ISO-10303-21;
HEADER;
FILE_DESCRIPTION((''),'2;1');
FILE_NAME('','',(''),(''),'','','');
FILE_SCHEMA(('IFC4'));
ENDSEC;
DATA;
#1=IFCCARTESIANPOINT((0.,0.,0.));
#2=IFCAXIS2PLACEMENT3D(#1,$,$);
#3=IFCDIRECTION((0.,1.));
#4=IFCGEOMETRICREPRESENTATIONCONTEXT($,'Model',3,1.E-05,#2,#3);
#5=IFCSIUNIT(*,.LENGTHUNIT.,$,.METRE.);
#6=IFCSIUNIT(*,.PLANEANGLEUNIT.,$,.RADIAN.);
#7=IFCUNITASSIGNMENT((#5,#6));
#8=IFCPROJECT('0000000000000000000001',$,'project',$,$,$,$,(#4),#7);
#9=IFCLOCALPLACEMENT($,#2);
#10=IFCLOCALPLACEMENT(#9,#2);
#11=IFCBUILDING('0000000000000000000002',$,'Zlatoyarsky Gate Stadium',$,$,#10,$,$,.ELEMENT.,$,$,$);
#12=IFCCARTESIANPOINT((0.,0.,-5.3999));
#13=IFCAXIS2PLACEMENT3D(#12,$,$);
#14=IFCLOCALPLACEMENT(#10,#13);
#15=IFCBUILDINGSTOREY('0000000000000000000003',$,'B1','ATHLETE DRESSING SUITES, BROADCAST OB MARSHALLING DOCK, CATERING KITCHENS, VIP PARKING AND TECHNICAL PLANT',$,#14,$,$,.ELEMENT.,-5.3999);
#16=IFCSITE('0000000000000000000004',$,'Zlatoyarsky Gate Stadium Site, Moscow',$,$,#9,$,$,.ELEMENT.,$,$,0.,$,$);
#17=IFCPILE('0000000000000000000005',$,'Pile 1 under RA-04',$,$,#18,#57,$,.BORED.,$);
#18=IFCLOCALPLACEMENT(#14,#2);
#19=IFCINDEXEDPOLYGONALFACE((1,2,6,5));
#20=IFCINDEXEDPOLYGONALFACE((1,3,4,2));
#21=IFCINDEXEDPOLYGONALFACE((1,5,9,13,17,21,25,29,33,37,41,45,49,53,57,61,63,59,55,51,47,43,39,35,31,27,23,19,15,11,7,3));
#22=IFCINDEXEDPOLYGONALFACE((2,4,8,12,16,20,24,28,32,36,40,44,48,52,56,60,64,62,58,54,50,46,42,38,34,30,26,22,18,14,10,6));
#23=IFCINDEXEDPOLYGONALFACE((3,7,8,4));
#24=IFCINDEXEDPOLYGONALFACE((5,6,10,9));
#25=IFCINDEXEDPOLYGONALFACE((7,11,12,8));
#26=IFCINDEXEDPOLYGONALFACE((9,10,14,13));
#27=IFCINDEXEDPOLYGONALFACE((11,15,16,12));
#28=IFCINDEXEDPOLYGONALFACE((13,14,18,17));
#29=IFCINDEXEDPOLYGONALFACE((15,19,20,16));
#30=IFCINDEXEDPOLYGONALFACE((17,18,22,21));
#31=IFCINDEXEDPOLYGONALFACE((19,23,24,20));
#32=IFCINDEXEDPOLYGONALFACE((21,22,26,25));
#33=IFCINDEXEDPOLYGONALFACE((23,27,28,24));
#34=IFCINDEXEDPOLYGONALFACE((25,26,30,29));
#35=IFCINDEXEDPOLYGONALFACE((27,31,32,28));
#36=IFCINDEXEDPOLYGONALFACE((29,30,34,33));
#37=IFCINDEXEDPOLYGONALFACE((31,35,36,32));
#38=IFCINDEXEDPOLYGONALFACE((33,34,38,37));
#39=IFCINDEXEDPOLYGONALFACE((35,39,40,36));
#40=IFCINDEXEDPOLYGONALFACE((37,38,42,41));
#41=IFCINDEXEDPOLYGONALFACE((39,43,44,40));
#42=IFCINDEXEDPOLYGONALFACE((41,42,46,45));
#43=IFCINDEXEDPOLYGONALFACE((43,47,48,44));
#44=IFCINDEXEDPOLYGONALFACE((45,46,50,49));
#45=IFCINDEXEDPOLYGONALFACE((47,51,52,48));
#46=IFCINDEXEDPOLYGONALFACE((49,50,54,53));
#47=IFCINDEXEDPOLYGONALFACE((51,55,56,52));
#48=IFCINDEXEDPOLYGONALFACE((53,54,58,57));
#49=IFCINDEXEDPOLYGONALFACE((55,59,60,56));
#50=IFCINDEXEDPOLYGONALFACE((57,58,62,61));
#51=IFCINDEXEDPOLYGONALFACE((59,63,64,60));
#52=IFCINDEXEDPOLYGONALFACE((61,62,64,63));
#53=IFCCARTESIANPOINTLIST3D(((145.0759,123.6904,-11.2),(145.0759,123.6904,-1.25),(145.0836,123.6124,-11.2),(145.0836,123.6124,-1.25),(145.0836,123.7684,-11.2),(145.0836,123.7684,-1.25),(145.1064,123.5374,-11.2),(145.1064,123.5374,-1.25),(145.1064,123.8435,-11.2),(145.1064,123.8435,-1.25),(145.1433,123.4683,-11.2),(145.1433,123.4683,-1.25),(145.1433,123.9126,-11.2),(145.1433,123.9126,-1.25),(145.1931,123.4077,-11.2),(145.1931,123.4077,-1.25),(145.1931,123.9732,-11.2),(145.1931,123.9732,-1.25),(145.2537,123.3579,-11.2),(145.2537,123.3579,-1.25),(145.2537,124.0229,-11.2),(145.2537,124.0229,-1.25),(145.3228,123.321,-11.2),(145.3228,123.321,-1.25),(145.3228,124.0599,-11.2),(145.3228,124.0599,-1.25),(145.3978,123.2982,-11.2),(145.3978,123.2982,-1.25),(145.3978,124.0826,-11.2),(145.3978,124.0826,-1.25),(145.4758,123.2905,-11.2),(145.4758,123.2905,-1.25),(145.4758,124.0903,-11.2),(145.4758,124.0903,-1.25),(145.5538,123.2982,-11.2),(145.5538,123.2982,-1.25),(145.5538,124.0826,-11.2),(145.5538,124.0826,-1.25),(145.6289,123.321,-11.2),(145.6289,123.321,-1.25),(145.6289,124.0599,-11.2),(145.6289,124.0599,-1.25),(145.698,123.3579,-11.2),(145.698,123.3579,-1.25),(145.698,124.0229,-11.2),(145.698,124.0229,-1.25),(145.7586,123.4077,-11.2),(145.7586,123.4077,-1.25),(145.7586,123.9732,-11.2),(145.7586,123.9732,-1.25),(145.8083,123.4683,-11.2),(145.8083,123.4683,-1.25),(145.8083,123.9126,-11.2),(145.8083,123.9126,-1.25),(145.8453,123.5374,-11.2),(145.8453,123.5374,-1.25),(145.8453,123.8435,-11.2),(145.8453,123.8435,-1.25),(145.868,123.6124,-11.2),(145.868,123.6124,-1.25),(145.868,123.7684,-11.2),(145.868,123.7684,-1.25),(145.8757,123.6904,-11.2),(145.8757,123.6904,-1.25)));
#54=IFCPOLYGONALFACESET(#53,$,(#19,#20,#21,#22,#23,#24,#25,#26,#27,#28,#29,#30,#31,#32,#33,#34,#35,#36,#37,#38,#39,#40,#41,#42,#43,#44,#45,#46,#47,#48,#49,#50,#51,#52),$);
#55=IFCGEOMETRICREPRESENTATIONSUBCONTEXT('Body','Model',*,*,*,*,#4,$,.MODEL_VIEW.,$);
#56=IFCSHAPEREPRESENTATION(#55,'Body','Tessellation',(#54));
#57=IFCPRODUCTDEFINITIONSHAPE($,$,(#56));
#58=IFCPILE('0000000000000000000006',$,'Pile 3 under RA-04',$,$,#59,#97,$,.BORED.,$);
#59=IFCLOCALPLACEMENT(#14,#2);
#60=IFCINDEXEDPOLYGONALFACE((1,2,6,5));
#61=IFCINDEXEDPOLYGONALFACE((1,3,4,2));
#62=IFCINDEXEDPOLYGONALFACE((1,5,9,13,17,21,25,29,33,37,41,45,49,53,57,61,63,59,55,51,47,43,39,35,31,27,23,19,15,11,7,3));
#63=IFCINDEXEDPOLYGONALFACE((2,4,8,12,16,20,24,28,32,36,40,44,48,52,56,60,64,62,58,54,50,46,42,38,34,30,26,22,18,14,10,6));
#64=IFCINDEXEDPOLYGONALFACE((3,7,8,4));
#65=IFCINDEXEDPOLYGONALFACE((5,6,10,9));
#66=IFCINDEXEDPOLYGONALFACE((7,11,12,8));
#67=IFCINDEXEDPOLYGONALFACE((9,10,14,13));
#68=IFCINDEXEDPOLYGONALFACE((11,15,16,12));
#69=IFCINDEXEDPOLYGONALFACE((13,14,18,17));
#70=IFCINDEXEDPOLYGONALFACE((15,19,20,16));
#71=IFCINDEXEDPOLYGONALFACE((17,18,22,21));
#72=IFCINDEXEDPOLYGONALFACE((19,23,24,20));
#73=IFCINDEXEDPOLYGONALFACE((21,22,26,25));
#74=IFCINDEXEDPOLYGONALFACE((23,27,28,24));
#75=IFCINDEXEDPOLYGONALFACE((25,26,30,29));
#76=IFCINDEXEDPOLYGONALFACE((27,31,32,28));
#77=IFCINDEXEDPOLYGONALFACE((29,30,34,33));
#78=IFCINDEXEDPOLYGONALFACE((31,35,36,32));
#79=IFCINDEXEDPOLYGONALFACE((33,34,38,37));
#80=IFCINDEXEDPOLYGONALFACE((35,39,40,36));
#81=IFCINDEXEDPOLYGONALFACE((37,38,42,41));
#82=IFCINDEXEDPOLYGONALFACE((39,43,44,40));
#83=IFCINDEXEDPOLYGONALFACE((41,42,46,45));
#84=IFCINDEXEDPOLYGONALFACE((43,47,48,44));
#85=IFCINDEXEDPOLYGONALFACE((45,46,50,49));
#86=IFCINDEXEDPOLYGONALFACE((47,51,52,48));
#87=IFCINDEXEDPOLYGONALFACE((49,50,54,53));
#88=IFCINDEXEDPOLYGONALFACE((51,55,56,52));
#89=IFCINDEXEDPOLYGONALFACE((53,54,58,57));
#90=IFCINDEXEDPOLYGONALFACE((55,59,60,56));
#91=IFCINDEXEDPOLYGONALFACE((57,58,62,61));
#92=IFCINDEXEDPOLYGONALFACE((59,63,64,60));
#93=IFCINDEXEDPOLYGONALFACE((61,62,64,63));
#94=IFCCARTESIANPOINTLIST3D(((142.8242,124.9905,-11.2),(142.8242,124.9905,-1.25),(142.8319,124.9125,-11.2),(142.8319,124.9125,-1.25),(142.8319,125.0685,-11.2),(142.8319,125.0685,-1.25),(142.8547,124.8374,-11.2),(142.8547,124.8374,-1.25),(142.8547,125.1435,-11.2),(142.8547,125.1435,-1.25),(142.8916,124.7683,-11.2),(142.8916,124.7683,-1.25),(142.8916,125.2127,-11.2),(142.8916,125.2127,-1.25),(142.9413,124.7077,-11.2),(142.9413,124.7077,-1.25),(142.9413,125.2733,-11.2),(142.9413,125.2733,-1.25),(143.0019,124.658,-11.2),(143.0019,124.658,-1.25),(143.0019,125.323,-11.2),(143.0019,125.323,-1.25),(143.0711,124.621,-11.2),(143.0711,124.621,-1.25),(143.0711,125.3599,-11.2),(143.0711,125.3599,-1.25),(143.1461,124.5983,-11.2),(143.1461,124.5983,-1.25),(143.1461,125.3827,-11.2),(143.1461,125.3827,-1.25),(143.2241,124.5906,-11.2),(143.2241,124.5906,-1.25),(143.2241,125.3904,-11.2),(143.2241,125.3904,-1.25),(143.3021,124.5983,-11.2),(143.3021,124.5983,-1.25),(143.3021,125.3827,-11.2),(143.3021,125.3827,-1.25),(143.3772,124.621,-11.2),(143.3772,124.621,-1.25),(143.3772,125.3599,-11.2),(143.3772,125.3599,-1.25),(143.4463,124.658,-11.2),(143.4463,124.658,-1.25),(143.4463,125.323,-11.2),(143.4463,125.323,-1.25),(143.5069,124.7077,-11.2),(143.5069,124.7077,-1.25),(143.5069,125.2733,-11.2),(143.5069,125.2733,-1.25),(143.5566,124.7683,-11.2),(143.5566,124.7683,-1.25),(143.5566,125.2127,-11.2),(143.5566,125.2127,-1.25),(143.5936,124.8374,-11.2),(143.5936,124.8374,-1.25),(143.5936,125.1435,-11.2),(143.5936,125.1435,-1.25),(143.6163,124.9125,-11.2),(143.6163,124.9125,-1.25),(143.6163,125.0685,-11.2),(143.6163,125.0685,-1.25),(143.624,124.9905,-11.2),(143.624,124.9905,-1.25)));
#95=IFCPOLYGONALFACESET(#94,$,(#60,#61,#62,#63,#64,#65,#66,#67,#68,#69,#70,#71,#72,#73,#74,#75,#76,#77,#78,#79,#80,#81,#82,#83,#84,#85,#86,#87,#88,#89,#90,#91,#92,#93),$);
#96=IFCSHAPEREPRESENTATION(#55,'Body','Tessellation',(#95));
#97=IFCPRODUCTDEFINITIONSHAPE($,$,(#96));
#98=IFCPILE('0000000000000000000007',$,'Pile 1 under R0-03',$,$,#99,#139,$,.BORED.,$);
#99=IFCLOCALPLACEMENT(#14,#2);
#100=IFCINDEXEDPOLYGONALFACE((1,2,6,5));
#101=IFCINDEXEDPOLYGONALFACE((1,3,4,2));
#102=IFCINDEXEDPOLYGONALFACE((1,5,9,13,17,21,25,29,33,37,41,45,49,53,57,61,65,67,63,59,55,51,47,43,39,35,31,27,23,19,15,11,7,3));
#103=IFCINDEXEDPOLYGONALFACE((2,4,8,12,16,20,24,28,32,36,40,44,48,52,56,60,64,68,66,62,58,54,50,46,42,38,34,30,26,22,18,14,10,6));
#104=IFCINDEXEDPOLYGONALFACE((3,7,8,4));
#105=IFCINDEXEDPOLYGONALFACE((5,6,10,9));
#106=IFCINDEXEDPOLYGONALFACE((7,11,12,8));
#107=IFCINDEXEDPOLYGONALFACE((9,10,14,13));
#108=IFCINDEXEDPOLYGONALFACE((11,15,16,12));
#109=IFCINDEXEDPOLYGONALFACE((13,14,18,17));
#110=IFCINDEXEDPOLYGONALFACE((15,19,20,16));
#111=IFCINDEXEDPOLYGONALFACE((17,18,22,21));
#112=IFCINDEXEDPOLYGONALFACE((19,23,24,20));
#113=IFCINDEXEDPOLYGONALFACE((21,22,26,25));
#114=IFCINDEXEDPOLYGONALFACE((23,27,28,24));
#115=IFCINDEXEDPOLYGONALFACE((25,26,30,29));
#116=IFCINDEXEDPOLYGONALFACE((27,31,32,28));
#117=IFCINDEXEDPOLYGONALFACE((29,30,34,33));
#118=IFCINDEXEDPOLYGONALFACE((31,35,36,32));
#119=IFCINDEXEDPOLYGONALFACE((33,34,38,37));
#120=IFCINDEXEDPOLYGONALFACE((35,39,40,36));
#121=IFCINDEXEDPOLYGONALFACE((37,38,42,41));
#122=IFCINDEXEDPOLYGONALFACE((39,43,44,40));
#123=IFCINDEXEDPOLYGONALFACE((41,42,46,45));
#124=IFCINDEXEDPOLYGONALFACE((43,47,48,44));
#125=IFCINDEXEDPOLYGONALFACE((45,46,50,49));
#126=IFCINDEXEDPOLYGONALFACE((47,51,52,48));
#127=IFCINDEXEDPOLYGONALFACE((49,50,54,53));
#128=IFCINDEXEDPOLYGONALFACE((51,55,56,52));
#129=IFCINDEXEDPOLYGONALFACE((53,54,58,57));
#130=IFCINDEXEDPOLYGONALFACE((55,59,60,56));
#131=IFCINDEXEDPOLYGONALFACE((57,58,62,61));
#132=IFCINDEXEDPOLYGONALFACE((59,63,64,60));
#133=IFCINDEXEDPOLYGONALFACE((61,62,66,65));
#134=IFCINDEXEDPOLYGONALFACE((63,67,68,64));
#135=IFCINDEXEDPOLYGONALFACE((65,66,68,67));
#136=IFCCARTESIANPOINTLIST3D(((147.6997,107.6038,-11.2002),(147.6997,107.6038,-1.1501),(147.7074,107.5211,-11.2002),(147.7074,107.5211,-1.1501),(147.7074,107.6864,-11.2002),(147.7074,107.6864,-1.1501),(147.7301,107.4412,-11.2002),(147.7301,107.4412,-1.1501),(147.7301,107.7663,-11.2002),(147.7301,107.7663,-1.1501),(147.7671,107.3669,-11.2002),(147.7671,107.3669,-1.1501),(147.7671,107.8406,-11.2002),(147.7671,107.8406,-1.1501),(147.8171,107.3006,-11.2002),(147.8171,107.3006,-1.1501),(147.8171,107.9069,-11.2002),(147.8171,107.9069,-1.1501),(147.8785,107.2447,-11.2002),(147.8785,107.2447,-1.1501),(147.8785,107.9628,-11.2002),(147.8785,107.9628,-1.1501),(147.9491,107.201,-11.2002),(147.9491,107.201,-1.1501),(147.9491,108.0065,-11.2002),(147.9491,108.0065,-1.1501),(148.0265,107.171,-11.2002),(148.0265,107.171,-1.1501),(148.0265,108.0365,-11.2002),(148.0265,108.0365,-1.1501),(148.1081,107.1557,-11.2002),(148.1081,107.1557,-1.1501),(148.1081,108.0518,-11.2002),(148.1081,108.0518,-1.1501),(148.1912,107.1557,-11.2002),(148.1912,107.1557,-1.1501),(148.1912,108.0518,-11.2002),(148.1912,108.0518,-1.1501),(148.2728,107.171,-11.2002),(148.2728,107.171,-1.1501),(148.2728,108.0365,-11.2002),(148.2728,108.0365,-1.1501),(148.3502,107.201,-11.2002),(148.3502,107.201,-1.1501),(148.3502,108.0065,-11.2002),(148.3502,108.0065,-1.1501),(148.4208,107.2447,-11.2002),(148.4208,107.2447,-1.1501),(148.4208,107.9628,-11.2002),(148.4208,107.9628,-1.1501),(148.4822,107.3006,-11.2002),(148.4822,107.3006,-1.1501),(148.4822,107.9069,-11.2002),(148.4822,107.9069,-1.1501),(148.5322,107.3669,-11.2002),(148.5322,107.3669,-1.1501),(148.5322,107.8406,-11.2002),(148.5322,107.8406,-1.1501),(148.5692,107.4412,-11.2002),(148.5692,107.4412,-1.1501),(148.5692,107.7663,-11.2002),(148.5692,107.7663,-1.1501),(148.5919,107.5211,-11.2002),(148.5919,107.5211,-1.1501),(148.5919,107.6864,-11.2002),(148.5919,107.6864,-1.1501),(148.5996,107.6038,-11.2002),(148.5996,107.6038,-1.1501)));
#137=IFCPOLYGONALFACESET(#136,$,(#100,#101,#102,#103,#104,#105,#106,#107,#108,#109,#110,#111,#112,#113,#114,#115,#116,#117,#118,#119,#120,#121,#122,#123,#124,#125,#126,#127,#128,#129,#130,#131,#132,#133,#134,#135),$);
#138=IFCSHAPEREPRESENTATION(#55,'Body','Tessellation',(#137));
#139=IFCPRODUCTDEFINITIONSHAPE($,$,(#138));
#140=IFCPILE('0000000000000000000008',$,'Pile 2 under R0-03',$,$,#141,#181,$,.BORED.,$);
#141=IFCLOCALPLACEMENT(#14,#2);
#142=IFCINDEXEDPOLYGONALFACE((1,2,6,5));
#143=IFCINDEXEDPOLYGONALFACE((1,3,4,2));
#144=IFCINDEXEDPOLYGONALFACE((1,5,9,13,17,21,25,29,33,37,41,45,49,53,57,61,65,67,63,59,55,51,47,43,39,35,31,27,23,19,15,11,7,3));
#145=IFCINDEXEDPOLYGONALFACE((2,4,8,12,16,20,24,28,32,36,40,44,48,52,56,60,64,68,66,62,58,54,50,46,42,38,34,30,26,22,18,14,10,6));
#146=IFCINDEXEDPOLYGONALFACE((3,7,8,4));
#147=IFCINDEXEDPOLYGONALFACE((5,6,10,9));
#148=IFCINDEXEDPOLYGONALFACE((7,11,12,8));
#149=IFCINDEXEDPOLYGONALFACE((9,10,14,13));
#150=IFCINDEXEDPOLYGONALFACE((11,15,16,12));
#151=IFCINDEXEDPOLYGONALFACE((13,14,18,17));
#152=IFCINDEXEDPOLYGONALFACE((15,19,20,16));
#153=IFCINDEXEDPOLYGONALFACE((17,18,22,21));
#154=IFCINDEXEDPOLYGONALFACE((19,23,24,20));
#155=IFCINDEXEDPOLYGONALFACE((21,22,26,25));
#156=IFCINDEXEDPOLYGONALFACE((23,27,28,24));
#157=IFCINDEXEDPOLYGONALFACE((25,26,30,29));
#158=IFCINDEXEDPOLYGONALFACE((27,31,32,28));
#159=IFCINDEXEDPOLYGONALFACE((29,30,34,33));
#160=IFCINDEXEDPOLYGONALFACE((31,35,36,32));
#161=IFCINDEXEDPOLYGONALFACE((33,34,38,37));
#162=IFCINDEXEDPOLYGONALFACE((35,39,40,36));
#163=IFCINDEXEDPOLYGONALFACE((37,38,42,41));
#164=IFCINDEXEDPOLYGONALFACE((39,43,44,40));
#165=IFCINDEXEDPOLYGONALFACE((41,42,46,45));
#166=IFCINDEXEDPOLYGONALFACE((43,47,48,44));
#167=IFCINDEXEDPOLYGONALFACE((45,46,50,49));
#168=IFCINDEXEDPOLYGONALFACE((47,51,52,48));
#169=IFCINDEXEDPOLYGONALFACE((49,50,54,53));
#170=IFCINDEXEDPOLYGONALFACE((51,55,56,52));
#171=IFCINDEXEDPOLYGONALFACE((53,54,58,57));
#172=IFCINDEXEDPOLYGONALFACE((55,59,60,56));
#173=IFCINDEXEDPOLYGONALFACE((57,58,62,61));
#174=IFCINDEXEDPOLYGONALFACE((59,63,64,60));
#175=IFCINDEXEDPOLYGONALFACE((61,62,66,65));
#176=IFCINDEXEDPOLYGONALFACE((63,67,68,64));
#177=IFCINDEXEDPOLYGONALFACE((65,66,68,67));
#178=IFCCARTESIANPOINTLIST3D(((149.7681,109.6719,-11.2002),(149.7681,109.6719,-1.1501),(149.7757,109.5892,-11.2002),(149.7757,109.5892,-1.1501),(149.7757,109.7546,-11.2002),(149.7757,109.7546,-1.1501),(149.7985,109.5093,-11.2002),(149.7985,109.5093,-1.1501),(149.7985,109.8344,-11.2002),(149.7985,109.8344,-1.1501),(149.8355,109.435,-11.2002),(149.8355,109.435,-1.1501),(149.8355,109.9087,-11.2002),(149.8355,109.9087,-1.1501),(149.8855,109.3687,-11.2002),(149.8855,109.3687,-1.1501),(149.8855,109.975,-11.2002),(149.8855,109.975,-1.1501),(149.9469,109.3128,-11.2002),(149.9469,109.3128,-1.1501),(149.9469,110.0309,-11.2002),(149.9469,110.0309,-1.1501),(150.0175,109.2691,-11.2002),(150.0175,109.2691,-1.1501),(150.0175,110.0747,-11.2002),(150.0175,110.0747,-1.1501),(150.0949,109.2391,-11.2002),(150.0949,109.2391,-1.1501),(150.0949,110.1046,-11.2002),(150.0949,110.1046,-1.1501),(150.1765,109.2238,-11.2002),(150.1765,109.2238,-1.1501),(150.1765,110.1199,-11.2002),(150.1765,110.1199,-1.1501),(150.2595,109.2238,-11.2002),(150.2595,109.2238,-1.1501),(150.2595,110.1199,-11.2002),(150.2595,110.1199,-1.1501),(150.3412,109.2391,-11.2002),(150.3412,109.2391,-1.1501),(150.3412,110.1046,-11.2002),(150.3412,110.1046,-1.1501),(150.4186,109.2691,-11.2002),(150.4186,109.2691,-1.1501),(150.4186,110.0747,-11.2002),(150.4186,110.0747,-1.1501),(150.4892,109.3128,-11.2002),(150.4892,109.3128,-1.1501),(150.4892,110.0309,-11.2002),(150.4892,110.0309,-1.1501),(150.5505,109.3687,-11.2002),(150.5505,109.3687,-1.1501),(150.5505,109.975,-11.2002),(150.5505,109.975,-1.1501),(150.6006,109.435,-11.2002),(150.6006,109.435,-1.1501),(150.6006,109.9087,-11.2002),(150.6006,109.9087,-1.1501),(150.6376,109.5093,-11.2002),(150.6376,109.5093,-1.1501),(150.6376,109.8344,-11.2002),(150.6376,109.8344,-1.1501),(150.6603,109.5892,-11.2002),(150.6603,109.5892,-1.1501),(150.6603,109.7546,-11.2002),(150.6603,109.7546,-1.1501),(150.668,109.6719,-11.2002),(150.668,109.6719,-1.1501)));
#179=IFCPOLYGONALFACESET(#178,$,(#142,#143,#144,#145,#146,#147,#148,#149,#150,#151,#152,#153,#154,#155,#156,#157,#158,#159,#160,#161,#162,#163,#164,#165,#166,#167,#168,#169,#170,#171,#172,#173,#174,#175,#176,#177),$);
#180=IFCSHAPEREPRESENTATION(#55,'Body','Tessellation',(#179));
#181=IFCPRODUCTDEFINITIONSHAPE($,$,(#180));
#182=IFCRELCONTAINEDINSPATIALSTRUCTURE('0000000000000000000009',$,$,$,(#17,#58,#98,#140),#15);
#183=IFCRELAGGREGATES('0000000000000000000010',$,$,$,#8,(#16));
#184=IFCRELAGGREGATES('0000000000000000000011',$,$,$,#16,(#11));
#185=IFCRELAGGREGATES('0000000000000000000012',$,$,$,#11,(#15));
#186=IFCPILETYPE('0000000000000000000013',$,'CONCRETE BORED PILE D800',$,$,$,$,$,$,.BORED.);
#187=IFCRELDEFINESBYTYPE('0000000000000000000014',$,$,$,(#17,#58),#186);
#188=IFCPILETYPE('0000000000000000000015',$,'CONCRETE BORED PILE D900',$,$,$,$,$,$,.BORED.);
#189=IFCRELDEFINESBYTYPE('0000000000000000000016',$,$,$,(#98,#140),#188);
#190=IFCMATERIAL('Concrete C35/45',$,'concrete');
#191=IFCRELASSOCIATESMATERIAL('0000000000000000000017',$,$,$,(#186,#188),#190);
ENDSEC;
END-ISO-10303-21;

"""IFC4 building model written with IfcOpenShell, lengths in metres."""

from ifc_helpers import new_model, si_unit, direction, frame, origin, origin_2d, place, context, subcontext, project, spatial, circle, extrude, material, material_profile, profile_set, type_object, element, save


model = new_model("IFC4")

# Units and contexts
model_context = context("Model", 3, precision=1e-05, world=origin(), true_north=direction((0.0, 1.0)))
body_context = subcontext(model_context, "Body", "Model", "MODEL_VIEW")
ifc_project = project(units=[si_unit("LENGTHUNIT", "METRE"), si_unit("PLANEANGLEUNIT", "RADIAN")], contexts=[model_context])

# Site, building, storey
site_placement = place(None, origin())
site = spatial("IfcSite", under=ifc_project, at=site_placement, Name="Zlatoyarsky Gate Stadium Site, Moscow", CompositionType="ELEMENT", RefElevation=0.0)
building_placement = place(site_placement, origin())
building = spatial("IfcBuilding", under=site, at=building_placement, Name="Zlatoyarsky Gate Stadium", CompositionType="ELEMENT")
storey_placement = place(building_placement, frame((0.0, 0.0, -5.3999)))
storey = spatial("IfcBuildingStorey", under=building, at=storey_placement, Name="B1", Description="ATHLETE DRESSING SUITES, BROADCAST OB MARSHALLING DOCK, CATERING KITCHENS, VIP PARKING AND TECHNICAL PLANT", CompositionType="ELEMENT", Elevation=-5.3999)

# Piles
ifc_material_1 = material(Name="Concrete C35/45", Category="concrete")
ifc_material_profile_1 = material_profile(ifc_material_1, circle(Radius=0.3999, at=origin_2d()), Name="BORED PILE D800")
ifc_profile_set_1 = profile_set([ifc_material_profile_1], Name="Concrete C35/45")
pile_type_1 = type_object("IfcPileType", Name="CONCRETE BORED PILE D800", PredefinedType="BORED", material=ifc_profile_set_1)
for number, where, z_axis, x_axis, name in (
    (1, (145.4758, 123.6904, -1.25), (0.0, 0.0, -1.0), (1.0, 0.0, 0.0), "Pile 1 under RA-04"),
    (2, (143.2241, 124.9905, -1.25), (0.0, 0.0, -1.0), (1.0, 0.0, 0.0), "Pile 3 under RA-04"),
):
    element("IfcPile", number, at=place(storey_placement, frame(where, z_axis=z_axis, x_axis=x_axis)), inside=storey, type_object=pile_type_1, Name=name, PredefinedType="BORED", context=body_context, shape_type="SweptSolid", body=[
        extrude(circle(Radius=0.3999, at=origin_2d()), origin(), (0.0, 0.0, 1.0), 9.95),
    ])
ifc_material_profile_2 = material_profile(ifc_material_1, circle(Radius=0.45, at=origin_2d()), Name="BORED PILE D900")
ifc_profile_set_2 = profile_set([ifc_material_profile_2], Name="Concrete C35/45")
pile_type_2 = type_object("IfcPileType", Name="CONCRETE BORED PILE D900", PredefinedType="BORED", material=ifc_profile_set_2)
for number, where, z_axis, x_axis, name in (
    (3, (148.1497, 107.6038, -1.1501), (0.0, 0.0, -1.0), (1.0, 0.0, 0.0), "Pile 1 under R0-03"),
    (4, (150.218, 109.6719, -1.1501), (0.0, 0.0, -1.0), (1.0, 0.0, 0.0), "Pile 2 under R0-03"),
):
    element("IfcPile", number, at=place(storey_placement, frame(where, z_axis=z_axis, x_axis=x_axis)), inside=storey, type_object=pile_type_2, Name=name, PredefinedType="BORED", context=body_context, shape_type="SweptSolid", body=[
        extrude(circle(Radius=0.45, at=origin_2d()), origin(), (0.0, 0.0, 1.0), 10.05),
    ])

save(model, "model.ifc")
